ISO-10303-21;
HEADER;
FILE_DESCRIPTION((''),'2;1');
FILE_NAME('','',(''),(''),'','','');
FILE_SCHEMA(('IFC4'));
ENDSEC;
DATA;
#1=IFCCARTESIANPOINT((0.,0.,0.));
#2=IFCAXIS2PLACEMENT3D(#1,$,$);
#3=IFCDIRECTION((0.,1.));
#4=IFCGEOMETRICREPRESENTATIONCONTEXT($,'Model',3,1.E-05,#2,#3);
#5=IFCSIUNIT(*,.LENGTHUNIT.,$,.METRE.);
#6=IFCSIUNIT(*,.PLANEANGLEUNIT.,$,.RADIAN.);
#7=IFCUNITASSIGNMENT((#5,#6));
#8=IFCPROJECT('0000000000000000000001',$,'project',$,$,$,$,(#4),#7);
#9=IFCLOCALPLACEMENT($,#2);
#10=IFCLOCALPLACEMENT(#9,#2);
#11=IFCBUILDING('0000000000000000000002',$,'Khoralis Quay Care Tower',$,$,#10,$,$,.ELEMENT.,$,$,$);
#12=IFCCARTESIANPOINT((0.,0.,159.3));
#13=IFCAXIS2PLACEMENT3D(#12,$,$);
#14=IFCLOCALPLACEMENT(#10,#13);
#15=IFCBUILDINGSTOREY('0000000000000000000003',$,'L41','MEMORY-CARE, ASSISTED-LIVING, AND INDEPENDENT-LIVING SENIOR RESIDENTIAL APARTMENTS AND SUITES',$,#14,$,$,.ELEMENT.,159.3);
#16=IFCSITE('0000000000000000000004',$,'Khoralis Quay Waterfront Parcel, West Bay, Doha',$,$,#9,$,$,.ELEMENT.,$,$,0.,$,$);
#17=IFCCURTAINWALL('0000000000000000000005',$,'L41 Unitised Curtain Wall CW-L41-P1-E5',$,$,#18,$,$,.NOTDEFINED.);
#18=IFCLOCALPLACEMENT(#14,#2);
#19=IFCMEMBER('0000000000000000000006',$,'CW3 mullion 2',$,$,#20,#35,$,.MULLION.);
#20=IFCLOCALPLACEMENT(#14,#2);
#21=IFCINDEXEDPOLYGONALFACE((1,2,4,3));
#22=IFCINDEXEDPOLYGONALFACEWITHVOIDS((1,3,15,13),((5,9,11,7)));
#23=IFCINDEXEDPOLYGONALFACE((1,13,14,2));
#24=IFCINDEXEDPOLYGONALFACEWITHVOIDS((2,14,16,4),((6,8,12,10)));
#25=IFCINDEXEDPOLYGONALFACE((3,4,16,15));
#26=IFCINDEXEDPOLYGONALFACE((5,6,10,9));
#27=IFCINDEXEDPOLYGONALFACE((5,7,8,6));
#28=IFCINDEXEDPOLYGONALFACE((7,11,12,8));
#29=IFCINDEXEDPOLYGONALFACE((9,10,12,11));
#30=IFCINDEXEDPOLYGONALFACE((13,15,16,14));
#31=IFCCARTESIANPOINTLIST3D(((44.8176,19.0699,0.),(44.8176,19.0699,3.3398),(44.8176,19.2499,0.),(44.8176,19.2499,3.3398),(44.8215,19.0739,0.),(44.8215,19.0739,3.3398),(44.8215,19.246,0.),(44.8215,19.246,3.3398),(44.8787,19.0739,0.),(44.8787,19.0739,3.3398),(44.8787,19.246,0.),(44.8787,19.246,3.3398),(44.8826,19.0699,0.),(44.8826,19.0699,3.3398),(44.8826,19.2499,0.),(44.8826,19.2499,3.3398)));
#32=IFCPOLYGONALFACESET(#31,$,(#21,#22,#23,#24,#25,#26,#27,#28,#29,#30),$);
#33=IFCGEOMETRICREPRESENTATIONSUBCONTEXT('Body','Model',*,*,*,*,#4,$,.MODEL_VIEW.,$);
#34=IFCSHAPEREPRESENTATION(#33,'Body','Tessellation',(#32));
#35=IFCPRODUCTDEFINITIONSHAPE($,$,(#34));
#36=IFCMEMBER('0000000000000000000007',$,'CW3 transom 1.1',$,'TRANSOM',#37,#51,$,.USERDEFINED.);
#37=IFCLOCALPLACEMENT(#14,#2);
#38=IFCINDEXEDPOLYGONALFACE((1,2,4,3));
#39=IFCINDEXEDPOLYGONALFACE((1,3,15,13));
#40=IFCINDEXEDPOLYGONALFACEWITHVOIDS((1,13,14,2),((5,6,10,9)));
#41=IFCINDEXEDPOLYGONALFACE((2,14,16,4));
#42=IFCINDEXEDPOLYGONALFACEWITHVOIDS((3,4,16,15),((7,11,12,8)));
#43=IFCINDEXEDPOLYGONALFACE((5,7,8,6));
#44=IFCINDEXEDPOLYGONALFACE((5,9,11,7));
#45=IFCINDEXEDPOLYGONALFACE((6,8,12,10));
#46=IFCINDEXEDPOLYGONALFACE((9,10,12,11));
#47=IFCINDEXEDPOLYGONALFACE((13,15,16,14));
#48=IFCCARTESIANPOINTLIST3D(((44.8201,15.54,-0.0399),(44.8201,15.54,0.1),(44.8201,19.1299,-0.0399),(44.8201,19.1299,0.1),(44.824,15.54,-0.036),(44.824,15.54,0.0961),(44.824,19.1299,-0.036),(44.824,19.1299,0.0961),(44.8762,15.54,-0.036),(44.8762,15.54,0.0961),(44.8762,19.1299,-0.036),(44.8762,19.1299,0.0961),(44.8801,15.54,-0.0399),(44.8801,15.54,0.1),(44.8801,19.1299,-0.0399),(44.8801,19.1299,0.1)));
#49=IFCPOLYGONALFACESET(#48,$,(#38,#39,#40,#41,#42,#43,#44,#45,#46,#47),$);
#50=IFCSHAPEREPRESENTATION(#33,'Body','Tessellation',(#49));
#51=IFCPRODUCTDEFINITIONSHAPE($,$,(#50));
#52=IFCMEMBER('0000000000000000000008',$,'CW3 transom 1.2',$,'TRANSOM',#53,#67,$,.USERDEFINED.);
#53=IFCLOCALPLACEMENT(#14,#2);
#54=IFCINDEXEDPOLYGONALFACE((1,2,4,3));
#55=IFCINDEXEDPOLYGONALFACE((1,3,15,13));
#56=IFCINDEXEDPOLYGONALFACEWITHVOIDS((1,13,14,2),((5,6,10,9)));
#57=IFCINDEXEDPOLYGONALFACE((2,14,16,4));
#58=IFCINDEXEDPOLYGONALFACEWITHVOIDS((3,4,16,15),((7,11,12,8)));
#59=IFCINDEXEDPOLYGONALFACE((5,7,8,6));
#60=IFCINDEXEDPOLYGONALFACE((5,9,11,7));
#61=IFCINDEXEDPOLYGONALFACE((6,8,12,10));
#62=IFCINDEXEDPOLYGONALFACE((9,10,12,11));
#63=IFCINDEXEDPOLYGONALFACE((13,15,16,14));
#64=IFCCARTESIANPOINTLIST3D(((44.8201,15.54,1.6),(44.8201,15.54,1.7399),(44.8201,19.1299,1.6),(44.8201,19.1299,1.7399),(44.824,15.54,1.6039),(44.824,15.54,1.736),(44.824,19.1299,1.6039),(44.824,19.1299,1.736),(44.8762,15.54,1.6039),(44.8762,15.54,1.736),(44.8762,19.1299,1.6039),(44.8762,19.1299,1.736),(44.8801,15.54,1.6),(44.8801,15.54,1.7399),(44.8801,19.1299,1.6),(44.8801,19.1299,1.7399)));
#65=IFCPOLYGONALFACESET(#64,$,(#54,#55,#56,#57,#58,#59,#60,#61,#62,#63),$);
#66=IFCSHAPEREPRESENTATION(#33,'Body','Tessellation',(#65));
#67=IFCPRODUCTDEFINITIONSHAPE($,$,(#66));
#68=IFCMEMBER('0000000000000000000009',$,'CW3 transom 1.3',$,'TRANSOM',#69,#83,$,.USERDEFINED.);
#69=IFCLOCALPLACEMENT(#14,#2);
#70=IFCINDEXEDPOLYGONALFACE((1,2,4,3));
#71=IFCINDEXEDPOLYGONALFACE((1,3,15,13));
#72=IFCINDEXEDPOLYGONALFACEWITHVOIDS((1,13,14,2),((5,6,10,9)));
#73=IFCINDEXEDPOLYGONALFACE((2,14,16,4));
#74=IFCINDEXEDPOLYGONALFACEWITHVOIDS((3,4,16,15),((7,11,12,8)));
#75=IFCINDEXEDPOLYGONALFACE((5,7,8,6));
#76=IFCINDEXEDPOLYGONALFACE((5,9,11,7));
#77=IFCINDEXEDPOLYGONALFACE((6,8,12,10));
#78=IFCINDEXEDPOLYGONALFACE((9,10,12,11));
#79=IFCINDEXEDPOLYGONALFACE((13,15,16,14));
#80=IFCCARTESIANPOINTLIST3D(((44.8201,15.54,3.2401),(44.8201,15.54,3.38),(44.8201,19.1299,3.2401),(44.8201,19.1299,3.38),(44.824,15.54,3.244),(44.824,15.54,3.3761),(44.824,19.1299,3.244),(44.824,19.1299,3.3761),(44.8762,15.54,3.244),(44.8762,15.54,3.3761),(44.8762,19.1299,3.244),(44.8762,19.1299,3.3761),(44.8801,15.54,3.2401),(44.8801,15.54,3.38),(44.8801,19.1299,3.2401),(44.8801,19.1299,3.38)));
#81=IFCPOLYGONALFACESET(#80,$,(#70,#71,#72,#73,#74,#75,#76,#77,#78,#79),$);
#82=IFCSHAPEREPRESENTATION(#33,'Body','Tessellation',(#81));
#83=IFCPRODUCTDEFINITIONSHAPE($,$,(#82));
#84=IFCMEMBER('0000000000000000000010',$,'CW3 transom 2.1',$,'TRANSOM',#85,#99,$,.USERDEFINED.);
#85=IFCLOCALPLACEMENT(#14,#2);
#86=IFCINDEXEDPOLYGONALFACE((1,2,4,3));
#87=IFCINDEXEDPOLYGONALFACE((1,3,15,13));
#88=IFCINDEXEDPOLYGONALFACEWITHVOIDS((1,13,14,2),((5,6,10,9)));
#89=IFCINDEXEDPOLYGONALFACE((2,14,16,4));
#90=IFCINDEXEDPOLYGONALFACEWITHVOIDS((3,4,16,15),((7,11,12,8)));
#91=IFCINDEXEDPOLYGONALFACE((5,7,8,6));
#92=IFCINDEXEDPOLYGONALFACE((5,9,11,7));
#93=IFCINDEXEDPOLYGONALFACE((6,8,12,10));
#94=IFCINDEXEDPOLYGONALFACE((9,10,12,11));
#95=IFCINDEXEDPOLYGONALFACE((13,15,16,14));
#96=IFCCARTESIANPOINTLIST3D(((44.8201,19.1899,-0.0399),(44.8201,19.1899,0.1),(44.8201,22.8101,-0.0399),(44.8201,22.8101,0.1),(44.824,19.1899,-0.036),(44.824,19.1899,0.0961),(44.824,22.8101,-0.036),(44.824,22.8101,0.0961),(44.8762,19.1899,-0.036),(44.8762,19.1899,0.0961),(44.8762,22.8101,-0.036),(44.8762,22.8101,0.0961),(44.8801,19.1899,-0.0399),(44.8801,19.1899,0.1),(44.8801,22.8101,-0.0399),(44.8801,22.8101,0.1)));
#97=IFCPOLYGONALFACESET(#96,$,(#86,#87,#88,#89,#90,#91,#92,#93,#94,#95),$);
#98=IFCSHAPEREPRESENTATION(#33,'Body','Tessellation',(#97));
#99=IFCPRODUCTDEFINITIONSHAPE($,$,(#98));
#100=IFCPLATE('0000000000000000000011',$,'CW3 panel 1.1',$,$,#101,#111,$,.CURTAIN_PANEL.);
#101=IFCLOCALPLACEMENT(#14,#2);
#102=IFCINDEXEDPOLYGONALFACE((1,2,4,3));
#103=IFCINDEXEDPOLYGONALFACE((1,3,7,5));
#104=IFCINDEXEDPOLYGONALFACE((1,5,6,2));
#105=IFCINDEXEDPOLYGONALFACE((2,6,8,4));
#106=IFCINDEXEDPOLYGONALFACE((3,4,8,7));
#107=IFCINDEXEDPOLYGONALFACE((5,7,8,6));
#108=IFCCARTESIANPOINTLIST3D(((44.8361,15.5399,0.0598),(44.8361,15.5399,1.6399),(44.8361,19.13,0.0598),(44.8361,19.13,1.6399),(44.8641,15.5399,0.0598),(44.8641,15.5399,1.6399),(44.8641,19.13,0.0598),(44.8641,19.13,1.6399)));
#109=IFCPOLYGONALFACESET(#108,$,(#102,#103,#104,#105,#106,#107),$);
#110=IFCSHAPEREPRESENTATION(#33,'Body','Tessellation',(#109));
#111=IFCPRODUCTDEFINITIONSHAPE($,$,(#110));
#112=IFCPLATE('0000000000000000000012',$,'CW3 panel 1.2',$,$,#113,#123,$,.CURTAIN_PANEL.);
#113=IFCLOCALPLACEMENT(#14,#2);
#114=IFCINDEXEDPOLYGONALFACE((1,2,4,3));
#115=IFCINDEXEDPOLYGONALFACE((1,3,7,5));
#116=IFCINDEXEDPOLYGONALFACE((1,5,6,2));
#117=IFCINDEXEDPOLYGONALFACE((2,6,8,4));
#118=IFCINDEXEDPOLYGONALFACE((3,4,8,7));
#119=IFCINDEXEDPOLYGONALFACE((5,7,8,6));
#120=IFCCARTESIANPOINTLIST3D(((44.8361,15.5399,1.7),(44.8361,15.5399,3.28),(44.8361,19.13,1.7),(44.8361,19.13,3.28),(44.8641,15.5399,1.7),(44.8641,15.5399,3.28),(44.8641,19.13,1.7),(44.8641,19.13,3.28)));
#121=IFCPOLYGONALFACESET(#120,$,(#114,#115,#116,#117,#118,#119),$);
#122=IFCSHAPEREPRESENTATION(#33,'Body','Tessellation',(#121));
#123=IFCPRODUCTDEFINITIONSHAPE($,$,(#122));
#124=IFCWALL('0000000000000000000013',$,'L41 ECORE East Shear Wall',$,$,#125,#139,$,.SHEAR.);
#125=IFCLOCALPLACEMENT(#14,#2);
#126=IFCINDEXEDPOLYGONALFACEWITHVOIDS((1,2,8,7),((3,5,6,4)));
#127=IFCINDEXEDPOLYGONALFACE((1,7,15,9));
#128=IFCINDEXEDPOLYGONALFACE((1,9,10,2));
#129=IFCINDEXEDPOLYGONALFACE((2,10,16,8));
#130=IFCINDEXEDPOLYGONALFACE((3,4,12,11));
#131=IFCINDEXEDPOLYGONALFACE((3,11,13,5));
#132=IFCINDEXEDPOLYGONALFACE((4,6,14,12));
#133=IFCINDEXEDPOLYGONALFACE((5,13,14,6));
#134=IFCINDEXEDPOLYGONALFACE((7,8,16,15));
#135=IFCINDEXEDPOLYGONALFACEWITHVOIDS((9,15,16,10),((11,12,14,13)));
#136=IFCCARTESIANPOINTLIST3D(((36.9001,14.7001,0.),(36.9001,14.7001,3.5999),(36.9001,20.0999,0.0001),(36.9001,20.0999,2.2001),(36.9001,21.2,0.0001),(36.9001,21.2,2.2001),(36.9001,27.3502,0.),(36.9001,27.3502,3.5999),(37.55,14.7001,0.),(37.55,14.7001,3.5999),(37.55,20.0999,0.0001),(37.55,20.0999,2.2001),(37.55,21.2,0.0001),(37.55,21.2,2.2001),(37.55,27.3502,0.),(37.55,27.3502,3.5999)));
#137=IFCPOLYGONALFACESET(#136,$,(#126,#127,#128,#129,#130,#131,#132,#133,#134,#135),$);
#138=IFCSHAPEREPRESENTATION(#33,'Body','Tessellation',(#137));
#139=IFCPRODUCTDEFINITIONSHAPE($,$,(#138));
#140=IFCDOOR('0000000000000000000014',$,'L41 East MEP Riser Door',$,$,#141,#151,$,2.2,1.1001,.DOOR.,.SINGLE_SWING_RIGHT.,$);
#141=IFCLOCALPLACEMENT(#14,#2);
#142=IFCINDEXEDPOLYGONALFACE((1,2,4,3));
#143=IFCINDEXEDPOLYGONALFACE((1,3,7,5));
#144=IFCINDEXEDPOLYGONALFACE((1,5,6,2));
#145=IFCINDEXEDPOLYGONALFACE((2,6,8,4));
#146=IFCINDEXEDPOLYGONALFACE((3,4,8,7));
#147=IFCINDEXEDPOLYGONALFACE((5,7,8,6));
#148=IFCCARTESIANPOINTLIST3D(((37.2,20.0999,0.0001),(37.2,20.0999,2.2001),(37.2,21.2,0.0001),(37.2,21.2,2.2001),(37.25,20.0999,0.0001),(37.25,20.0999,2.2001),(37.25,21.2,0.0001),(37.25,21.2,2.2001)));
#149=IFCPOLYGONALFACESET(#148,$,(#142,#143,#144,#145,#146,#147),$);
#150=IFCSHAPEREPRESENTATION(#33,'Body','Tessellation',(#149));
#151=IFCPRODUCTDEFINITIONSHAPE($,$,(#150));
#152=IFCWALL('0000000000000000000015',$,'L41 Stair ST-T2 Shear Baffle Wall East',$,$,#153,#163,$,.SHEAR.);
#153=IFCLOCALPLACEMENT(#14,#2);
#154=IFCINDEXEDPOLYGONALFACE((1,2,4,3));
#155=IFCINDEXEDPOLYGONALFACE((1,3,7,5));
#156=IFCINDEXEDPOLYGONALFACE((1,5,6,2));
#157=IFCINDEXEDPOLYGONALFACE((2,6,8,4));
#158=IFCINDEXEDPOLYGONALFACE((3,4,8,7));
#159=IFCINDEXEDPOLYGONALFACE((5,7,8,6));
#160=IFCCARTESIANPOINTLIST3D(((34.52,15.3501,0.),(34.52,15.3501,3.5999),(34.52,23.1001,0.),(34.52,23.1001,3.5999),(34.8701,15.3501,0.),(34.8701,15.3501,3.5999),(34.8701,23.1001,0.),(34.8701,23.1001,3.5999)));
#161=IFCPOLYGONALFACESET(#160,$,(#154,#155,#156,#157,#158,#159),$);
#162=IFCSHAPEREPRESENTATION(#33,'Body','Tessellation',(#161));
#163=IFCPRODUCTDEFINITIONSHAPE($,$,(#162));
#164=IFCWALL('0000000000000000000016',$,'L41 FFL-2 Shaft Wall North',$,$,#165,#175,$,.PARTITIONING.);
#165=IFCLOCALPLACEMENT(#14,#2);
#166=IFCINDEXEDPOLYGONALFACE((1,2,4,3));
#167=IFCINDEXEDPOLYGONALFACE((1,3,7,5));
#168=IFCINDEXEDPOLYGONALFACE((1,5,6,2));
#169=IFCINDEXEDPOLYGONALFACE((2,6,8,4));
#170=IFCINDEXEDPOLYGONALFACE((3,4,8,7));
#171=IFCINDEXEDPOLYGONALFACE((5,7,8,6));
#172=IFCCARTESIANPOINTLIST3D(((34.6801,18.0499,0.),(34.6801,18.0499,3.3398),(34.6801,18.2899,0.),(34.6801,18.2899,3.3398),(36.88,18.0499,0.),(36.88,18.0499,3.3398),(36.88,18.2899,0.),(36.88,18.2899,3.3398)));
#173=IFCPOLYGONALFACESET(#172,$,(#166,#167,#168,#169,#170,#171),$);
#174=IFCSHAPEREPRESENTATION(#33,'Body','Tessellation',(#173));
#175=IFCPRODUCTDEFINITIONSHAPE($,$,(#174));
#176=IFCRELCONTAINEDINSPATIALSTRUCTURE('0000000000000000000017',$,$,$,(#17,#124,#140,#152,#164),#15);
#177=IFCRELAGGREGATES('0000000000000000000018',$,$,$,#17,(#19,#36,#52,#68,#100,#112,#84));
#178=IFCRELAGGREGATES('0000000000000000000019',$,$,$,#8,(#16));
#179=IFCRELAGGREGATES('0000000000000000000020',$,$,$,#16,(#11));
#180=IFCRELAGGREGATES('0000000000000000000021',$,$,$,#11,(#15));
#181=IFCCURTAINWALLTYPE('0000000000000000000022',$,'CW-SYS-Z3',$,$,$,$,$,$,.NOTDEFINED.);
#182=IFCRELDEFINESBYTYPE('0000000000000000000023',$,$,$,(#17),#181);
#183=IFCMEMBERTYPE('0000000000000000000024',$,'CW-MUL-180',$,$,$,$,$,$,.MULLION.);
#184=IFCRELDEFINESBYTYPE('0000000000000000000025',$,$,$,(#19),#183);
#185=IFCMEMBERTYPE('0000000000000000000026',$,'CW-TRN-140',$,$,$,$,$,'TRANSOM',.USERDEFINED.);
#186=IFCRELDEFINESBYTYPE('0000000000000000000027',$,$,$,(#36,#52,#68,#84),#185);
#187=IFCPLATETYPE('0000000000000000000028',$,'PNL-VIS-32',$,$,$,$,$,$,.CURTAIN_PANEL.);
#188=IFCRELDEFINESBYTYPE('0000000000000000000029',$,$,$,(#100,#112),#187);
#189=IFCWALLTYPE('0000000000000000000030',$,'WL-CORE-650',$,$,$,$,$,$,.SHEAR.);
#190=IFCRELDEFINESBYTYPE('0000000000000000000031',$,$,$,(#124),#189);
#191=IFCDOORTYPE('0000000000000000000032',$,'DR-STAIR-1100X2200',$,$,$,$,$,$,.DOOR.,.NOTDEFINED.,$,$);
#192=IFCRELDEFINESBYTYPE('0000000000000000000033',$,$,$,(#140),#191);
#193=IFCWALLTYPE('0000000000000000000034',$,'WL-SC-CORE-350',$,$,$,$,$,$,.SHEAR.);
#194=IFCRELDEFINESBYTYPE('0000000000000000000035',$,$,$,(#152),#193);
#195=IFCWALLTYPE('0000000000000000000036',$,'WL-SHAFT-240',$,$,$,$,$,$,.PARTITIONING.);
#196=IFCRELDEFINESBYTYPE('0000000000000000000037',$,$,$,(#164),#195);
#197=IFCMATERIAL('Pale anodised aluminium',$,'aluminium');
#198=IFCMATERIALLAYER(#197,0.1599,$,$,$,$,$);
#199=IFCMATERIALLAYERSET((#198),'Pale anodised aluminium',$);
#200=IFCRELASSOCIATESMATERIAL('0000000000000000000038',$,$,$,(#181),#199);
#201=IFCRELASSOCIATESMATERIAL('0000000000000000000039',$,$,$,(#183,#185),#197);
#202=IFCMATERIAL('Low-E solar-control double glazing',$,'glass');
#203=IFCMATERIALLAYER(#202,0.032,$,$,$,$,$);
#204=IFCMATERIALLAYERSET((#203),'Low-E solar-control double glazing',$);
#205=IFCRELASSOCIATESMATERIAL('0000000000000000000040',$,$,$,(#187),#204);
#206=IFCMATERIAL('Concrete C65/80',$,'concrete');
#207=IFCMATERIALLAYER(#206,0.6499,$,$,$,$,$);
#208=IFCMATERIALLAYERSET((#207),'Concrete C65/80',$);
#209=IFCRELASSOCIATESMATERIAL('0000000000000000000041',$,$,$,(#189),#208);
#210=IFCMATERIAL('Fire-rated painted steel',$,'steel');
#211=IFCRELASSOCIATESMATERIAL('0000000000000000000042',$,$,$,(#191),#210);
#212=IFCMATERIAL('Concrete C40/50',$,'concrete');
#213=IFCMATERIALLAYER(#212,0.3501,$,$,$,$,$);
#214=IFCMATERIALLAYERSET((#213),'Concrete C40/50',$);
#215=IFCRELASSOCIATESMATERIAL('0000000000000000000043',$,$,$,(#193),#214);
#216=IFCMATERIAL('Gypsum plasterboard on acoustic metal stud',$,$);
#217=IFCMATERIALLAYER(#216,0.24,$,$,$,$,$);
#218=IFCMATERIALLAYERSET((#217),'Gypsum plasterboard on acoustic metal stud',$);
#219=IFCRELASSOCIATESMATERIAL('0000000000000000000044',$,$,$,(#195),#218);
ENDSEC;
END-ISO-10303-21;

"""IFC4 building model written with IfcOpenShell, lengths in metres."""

from ifc_helpers import new_model, si_unit, direction, frame, frame_2d, origin, origin_2d, place, context, subcontext, project, spatial, rectangle, hollow_rectangle, extrude, source, transform, mapped, material, layer, layer_set, material_profile, profile_set, type_object, element, fill, aggregate, save


model = new_model("IFC4")

# Units and contexts
model_context = context("Model", 3, precision=1e-05, world=origin(), true_north=direction((0.0, 1.0)))
body_context = subcontext(model_context, "Body", "Model", "MODEL_VIEW")
ifc_project = project(units=[si_unit("LENGTHUNIT", "METRE"), si_unit("PLANEANGLEUNIT", "RADIAN")], contexts=[model_context])

# Site, building, storey
site_placement = place(None, origin())
site = spatial("IfcSite", under=ifc_project, at=site_placement, Name="Khoralis Quay Waterfront Parcel, West Bay, Doha", CompositionType="ELEMENT", RefElevation=0.0)
building_placement = place(site_placement, origin())
building = spatial("IfcBuilding", under=site, at=building_placement, Name="Khoralis Quay Care Tower", CompositionType="ELEMENT")
storey_placement = place(building_placement, frame((0.0, 0.0, 159.3)))
storey = spatial("IfcBuildingStorey", under=building, at=storey_placement, Name="L41", Description="MEMORY-CARE, ASSISTED-LIVING, AND INDEPENDENT-LIVING SENIOR RESIDENTIAL APARTMENTS AND SUITES", CompositionType="ELEMENT", Elevation=159.3)

# Shared definitions
ifc_material_1 = material(Name="Concrete C65/80", Category="concrete")

# Curtain wall, members, plates
ifc_material_2 = material(Name="Pale anodised aluminium", Category="aluminium")
ifc_layer_1 = layer(ifc_material_2, 0.1599)
ifc_layer_set_1 = layer_set([ifc_layer_1], Name="Pale anodised aluminium")
curtain_wall_type = type_object("IfcCurtainWallType", Name="CW-SYS-Z3", PredefinedType="NOTDEFINED", material=ifc_layer_set_1)
curtain_wall_placement = place(storey_placement, origin())
curtain_wall = element("IfcCurtainWall", 1, at=curtain_wall_placement, inside=storey, type_object=curtain_wall_type, Name="L41 Unitised Curtain Wall CW-L41-P1-E5", PredefinedType="NOTDEFINED")
ifc_material_profile_1 = material_profile(ifc_material_2, hollow_rectangle(XDim=0.0649, YDim=0.1799, WallThickness=0.0039, at=origin_2d()), Name="Pale anodised aluminium")
ifc_profile_set_1 = profile_set([ifc_material_profile_1], Name="Pale anodised aluminium")
member_type_1 = type_object("IfcMemberType", Name="CW-MUL-180", PredefinedType="MULLION", material=ifc_profile_set_1)
shared_shape_1 = source(origin(), body_context, "Body", "SweptSolid", [
    extrude(hollow_rectangle(XDim=0.0649, YDim=0.1799, WallThickness=0.0039, at=origin_2d()), origin(), (0.0, 0.0, 1.0), 3.3398),
])
member_1_placement = place(storey_placement, frame((44.8501, 19.1599, 0.0), z_axis=(0.0, 0.0, 1.0), x_axis=(-1.0, 0.0, 0.0)))
member_1 = element("IfcMember", 2, at=member_1_placement, type_object=member_type_1, Name="CW3 mullion 2", PredefinedType="MULLION", context=body_context, shape_type="MappedRepresentation", body=[
    mapped(shared_shape_1, transform((0.0, 0.0, 0.0), scale=1.0)),
])
ifc_material_profile_2 = material_profile(ifc_material_2, hollow_rectangle(XDim=0.0601, YDim=0.1399, WallThickness=0.0039, at=origin_2d()), Name="Pale anodised aluminium")
ifc_profile_set_2 = profile_set([ifc_material_profile_2], Name="Pale anodised aluminium")
member_type_2 = type_object("IfcMemberType", Name="CW-TRN-140", ElementType="TRANSOM", PredefinedType="USERDEFINED", material=ifc_profile_set_2)
shared_shape_2 = source(origin(), body_context, "Body", "SweptSolid", [
    extrude(hollow_rectangle(XDim=0.0601, YDim=0.1399, WallThickness=0.0039, at=origin_2d()), origin(), (0.0, 0.0, 1.0), 3.5898),
])
member_2_placement = place(storey_placement, frame((44.8501, 15.54, 0.03), z_axis=(0.0, 1.0, 0.0), x_axis=(-1.0, 0.0, 0.0)))
member_2 = element("IfcMember", 3, at=member_2_placement, type_object=member_type_2, Name="CW3 transom 1.1", ObjectType="TRANSOM", PredefinedType="USERDEFINED", context=body_context, shape_type="MappedRepresentation", body=[
    mapped(shared_shape_2, transform((0.0, 0.0, 0.0), scale=1.0)),
])
member_3_placement = place(storey_placement, frame((44.8501, 15.54, 1.6699), z_axis=(0.0, 1.0, 0.0), x_axis=(-1.0, 0.0, 0.0)))
member_3 = element("IfcMember", 4, at=member_3_placement, type_object=member_type_2, Name="CW3 transom 1.2", ObjectType="TRANSOM", PredefinedType="USERDEFINED", context=body_context, shape_type="MappedRepresentation", body=[
    mapped(shared_shape_2, transform((0.0, 0.0, 0.0), scale=1.0)),
])
member_4_placement = place(storey_placement, frame((44.8501, 15.54, 3.3101), z_axis=(0.0, 1.0, 0.0), x_axis=(-1.0, 0.0, 0.0)))
member_4 = element("IfcMember", 5, at=member_4_placement, type_object=member_type_2, Name="CW3 transom 1.3", ObjectType="TRANSOM", PredefinedType="USERDEFINED", context=body_context, shape_type="MappedRepresentation", body=[
    mapped(shared_shape_2, transform((0.0, 0.0, 0.0), scale=1.0)),
])
shared_shape_3 = source(origin(), body_context, "Body", "SweptSolid", [
    extrude(hollow_rectangle(XDim=0.0601, YDim=0.1399, WallThickness=0.0039, at=origin_2d()), origin(), (0.0, 0.0, 1.0), 3.6201),
])
member_5_placement = place(storey_placement, frame((44.8501, 19.1899, 0.03), z_axis=(0.0, 1.0, 0.0), x_axis=(-1.0, 0.0, 0.0)))
member_5 = element("IfcMember", 6, at=member_5_placement, type_object=member_type_2, Name="CW3 transom 2.1", ObjectType="TRANSOM", PredefinedType="USERDEFINED", context=body_context, shape_type="MappedRepresentation", body=[
    mapped(shared_shape_3, transform((0.0, 0.0, 0.0), scale=1.0)),
])
ifc_material_3 = material(Name="Low-E solar-control double glazing", Category="glass")
ifc_layer_2 = layer(ifc_material_3, 0.032)
ifc_layer_set_2 = layer_set([ifc_layer_2], Name="Low-E solar-control double glazing")
plate_type = type_object("IfcPlateType", Name="PNL-VIS-32", PredefinedType="CURTAIN_PANEL", material=ifc_layer_set_2)
shared_shape_4 = source(origin(), body_context, "Body", "SweptSolid", [
    extrude(rectangle(XDim=3.5901, YDim=0.0281, at=origin_2d()), origin(), (0.0, 0.0, 1.0), 1.5801),
])
plate_1_placement = place(storey_placement, frame((44.8501, 17.335, 0.0598), z_axis=(0.0, 0.0, 1.0), x_axis=(0.0, 1.0, 0.0)))
plate_1 = element("IfcPlate", 7, at=plate_1_placement, type_object=plate_type, Name="CW3 panel 1.1", PredefinedType="CURTAIN_PANEL", context=body_context, shape_type="MappedRepresentation", body=[
    mapped(shared_shape_4, transform((0.0, 0.0, 0.0), scale=1.0)),
])
plate_2_placement = place(storey_placement, frame((44.8501, 17.335, 1.7), z_axis=(0.0, 0.0, 1.0), x_axis=(0.0, 1.0, 0.0)))
plate_2 = element("IfcPlate", 8, at=plate_2_placement, type_object=plate_type, Name="CW3 panel 1.2", PredefinedType="CURTAIN_PANEL", context=body_context, shape_type="MappedRepresentation", body=[
    mapped(shared_shape_4, transform((0.0, 0.0, 0.0), scale=1.0)),
])
aggregate(curtain_wall, [member_1, member_2, member_3, member_4, plate_1, plate_2, member_5])

# Wall, opening, door
ifc_layer_3 = layer(ifc_material_1, 0.6499)
ifc_layer_set_3 = layer_set([ifc_layer_3], Name="Concrete C65/80")
wall_type_1 = type_object("IfcWallType", Name="WL-CORE-650", PredefinedType="SHEAR", material=ifc_layer_set_3)
wall_1_placement = place(storey_placement, frame((37.2251, 14.7, 0.0), z_axis=(0.0, 0.0, 1.0), x_axis=(0.0, 1.0, 0.0)))
wall_1 = element("IfcWall", 9, at=wall_1_placement, inside=storey, type_object=wall_type_1, Name="L41 ECORE East Shear Wall", PredefinedType="SHEAR", context=body_context, shape_type="SweptSolid", body=[
    extrude(rectangle(XDim=12.6501, YDim=0.6499, at=frame_2d((6.3252, 0.0))), origin(), (0.0, 0.0, 1.0), 3.5999),
])
opening_placement = place(wall_1_placement, frame((5.3999, 0.0, 0.0)))
opening = element("IfcOpeningElement", 10, at=opening_placement, cuts=wall_1, PredefinedType="OPENING", context=body_context, shape_type="SweptSolid", body=[
    extrude(rectangle(XDim=1.1001, YDim=2.2, at=frame_2d((0.55, 1.1001))), frame((0.0, 0.335, 0.0), z_axis=(0.0, -1.0, 0.0), x_axis=(1.0, 0.0, 0.0)), (0.0, 0.0, 1.0), 0.6699),
])
ifc_material_4 = material(Name="Fire-rated painted steel", Category="steel")
door_type = type_object("IfcDoorType", Name="DR-STAIR-1100X2200", OperationType="NOTDEFINED", PredefinedType="DOOR", material=ifc_material_4)
shared_shape_5 = source(origin(), body_context, "Body", "SweptSolid", [
    extrude(rectangle(XDim=1.1001, YDim=2.2, at=frame_2d((0.55, 1.1001))), frame((0.0, 0.0249, 0.0), z_axis=(0.0, -1.0, 0.0), x_axis=(1.0, 0.0, 0.0)), (0.0, 0.0, 1.0), 0.05),
])
door_placement = place(opening_placement, frame((1.1001, 0.0, 0.0), z_axis=(0.0, 0.0, 1.0), x_axis=(-1.0, 0.0, 0.0)))
door = element("IfcDoor", 11, at=door_placement, inside=storey, type_object=door_type, Name="L41 East MEP Riser Door", OperationType="SINGLE_SWING_RIGHT", OverallHeight=2.2, OverallWidth=1.1001, PredefinedType="DOOR", context=body_context, shape_type="MappedRepresentation", body=[
    mapped(shared_shape_5, transform((0.0, 0.0, 0.0), scale=1.0)),
])
fill(opening, door)

# Walls
ifc_material_5 = material(Name="Concrete C40/50", Category="concrete")
ifc_layer_4 = layer(ifc_material_5, 0.3501)
ifc_layer_set_4 = layer_set([ifc_layer_4], Name="Concrete C40/50")
wall_type_2 = type_object("IfcWallType", Name="WL-SC-CORE-350", PredefinedType="SHEAR", material=ifc_layer_set_4)
wall_2_placement = place(storey_placement, frame((34.6951, 15.3501, 0.0), z_axis=(0.0, 0.0, 1.0), x_axis=(0.0, 1.0, 0.0)))
element("IfcWall", 12, at=wall_2_placement, inside=storey, type_object=wall_type_2, Name="L41 Stair ST-T2 Shear Baffle Wall East", PredefinedType="SHEAR", context=body_context, shape_type="SweptSolid", body=[
    extrude(rectangle(XDim=7.75, YDim=0.3501, at=frame_2d((3.875, 0.0))), origin(), (0.0, 0.0, 1.0), 3.5999),
])
ifc_material_6 = material(Name="Gypsum plasterboard on acoustic metal stud")
ifc_layer_5 = layer(ifc_material_6, 0.24)
ifc_layer_set_5 = layer_set([ifc_layer_5], Name="Gypsum plasterboard on acoustic metal stud")
wall_type_3 = type_object("IfcWallType", Name="WL-SHAFT-240", PredefinedType="PARTITIONING", material=ifc_layer_set_5)
wall_3_placement = place(storey_placement, frame((34.6799, 18.1699, 0.0), z_axis=(0.0, 0.0, 1.0), x_axis=(1.0, 0.0, 0.0)))
element("IfcWall", 13, at=wall_3_placement, inside=storey, type_object=wall_type_3, Name="L41 FFL-2 Shaft Wall North", PredefinedType="PARTITIONING", context=body_context, shape_type="SweptSolid", body=[
    extrude(rectangle(XDim=2.2, YDim=0.24, at=frame_2d((1.1001, 0.0))), origin(), (0.0, 0.0, 1.0), 3.3398),
])

save(model, "model.ifc")
